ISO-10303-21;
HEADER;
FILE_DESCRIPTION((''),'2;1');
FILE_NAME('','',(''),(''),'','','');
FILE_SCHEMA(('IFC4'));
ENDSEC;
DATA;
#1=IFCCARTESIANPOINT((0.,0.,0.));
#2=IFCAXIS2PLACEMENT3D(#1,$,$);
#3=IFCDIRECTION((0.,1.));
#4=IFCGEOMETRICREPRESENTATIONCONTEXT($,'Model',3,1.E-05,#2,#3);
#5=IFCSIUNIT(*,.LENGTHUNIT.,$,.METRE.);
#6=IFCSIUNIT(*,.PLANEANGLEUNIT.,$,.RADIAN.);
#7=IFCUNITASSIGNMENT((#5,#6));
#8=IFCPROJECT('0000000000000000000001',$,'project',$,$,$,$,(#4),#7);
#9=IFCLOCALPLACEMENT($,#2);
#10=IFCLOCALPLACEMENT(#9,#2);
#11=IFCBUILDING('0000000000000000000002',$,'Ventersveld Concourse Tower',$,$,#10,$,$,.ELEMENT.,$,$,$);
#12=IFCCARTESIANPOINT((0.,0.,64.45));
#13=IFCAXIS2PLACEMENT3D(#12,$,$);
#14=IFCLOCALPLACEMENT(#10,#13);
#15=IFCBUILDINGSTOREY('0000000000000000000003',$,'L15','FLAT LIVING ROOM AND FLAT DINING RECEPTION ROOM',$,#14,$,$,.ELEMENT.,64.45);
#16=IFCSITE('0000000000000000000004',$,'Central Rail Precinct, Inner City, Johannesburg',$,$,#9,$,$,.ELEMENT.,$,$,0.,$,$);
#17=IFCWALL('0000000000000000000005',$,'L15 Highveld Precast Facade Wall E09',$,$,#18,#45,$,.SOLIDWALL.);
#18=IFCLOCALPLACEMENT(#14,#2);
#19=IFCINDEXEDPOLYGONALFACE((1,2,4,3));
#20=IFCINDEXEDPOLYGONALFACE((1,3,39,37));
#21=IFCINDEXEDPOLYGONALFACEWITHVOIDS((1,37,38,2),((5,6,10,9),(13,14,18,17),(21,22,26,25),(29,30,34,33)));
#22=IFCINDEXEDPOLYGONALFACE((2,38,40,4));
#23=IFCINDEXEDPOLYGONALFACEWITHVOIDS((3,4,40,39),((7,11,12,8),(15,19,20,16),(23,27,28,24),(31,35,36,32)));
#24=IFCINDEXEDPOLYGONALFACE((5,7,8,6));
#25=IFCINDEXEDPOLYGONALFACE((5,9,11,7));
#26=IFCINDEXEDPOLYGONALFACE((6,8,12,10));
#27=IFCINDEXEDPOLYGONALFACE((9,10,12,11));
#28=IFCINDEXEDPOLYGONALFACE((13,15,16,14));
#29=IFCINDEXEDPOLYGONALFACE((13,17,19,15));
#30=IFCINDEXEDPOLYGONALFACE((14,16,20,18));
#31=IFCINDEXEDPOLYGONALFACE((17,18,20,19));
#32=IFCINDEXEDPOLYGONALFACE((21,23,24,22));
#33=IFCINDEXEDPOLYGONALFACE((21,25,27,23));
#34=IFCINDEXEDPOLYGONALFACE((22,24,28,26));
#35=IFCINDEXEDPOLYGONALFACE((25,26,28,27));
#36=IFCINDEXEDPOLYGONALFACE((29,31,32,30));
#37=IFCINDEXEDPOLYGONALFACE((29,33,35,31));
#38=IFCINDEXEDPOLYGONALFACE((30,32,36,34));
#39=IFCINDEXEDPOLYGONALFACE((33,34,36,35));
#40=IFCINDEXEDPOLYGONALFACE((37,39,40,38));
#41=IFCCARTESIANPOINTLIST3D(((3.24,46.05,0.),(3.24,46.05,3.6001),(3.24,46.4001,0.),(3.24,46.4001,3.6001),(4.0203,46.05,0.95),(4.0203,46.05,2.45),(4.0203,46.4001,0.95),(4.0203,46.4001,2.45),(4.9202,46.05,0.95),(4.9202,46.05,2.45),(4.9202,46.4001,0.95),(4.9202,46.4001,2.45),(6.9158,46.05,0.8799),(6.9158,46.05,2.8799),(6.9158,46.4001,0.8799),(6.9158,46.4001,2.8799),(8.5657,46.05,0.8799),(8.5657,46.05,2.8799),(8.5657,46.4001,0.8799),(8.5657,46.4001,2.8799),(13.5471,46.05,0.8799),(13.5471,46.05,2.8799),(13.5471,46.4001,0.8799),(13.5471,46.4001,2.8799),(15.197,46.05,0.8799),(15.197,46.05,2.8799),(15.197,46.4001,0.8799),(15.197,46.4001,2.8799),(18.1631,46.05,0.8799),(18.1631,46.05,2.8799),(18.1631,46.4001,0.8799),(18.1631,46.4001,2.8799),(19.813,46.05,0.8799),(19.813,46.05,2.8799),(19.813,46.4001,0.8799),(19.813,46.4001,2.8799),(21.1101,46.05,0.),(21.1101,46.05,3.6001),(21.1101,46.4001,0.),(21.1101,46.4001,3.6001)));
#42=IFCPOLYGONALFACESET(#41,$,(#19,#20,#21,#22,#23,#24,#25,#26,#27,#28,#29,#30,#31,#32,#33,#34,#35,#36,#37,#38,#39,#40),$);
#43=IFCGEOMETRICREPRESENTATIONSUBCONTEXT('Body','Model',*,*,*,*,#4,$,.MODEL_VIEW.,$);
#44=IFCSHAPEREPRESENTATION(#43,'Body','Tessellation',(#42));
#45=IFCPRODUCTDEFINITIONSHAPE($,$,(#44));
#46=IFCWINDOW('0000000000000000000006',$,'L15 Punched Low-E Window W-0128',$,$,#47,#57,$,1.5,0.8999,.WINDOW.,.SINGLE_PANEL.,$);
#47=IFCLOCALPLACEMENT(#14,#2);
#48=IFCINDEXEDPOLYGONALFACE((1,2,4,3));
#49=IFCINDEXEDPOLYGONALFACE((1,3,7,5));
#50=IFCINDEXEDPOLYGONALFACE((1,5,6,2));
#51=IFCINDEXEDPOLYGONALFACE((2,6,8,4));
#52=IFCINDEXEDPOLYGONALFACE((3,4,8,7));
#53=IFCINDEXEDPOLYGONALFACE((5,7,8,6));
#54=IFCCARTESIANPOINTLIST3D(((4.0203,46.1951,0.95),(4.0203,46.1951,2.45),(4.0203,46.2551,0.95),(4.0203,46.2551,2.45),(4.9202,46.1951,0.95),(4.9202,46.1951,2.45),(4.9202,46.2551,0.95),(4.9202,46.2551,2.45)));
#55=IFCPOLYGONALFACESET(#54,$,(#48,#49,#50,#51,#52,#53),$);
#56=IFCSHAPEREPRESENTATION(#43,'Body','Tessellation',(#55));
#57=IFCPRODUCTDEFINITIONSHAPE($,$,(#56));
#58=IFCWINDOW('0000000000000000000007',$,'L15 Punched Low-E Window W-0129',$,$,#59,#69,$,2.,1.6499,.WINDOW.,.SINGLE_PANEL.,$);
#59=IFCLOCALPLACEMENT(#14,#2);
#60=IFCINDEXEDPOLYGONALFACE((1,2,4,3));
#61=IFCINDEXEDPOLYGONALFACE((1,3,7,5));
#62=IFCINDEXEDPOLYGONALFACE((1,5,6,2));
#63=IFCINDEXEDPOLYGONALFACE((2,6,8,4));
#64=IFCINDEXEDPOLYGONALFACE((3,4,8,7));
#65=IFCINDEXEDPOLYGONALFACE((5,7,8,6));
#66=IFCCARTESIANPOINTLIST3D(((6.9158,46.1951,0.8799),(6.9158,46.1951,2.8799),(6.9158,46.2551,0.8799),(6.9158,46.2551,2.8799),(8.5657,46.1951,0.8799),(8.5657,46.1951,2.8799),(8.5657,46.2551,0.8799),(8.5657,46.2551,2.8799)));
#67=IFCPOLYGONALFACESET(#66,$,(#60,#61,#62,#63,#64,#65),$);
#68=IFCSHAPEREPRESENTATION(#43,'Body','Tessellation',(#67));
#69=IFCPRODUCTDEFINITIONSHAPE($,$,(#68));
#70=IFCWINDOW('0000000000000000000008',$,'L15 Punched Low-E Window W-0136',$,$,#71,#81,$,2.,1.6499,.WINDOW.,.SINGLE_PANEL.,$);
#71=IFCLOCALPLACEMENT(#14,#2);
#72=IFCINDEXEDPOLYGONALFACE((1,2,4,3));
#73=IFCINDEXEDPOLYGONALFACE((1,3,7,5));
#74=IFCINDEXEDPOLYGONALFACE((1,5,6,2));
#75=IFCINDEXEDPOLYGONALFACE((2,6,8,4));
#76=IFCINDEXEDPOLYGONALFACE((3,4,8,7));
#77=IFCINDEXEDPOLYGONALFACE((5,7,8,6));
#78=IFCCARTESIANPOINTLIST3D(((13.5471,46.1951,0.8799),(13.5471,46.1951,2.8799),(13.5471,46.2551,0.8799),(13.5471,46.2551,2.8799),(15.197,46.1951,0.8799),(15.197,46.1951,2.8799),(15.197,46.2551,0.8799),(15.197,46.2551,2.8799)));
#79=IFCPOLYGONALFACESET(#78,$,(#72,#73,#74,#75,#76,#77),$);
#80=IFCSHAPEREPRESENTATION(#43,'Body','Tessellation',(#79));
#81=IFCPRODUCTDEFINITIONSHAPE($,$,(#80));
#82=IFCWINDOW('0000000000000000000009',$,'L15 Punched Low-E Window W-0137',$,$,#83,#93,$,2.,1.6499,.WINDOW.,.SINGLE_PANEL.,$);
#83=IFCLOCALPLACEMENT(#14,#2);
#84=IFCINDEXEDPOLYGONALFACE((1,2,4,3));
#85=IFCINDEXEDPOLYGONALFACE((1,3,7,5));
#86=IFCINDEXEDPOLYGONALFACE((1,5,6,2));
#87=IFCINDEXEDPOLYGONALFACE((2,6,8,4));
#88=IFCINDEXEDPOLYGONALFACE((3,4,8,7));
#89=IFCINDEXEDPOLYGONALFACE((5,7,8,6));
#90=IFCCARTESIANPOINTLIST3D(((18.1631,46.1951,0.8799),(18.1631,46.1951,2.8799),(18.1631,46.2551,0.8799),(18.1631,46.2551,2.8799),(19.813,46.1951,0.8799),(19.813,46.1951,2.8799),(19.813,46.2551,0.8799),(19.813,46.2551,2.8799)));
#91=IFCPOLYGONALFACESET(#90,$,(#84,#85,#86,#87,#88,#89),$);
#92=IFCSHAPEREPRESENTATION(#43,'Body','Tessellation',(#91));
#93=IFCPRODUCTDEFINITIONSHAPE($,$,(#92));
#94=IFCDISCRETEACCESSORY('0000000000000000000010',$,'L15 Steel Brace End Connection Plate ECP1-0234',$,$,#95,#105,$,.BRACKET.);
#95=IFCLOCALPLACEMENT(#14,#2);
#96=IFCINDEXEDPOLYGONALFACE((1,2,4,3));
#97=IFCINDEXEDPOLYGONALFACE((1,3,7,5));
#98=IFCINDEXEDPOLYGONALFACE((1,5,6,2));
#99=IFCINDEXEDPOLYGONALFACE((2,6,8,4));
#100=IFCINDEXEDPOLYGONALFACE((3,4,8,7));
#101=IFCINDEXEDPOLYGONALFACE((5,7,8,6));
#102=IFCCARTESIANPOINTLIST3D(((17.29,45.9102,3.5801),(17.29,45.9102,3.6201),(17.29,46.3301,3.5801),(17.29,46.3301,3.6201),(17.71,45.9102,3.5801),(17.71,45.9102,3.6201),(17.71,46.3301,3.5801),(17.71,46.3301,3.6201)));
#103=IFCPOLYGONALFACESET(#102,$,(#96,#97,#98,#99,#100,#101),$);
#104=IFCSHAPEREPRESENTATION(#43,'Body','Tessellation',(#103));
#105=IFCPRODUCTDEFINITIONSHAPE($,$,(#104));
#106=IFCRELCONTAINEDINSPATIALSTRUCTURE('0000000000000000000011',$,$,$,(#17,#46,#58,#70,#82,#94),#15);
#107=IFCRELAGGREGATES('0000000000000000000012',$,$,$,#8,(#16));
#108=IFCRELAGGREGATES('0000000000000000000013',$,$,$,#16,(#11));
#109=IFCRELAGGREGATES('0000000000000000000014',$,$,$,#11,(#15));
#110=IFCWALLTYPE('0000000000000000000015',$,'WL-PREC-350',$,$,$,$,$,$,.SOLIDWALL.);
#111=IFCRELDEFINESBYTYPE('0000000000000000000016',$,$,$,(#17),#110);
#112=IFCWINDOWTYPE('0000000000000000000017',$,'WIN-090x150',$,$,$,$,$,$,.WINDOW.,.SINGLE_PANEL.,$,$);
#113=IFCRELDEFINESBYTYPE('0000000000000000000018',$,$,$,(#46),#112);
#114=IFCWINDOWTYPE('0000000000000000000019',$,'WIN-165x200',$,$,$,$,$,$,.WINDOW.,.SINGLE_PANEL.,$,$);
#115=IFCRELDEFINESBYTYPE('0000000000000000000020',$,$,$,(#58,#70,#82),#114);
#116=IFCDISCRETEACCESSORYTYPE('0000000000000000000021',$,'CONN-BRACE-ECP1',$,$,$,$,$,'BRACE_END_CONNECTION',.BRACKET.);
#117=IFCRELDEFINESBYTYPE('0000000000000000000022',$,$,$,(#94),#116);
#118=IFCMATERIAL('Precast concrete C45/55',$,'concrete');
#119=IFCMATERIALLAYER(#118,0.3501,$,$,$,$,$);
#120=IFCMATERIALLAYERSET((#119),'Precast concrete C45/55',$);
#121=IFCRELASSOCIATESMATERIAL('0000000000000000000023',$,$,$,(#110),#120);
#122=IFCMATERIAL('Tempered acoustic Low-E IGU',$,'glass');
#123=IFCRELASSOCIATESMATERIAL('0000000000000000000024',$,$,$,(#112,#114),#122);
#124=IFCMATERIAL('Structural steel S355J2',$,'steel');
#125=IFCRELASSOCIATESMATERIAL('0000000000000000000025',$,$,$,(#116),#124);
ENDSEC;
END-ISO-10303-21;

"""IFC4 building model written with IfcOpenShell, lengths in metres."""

from ifc_helpers import new_model, si_unit, direction, frame, frame_2d, origin, origin_2d, place, context, subcontext, project, spatial, rectangle, extrude, material, layer, layer_set, type_object, element, fill, save


model = new_model("IFC4")

# Units and contexts
model_context = context("Model", 3, precision=1e-05, world=origin(), true_north=direction((0.0, 1.0)))
body_context = subcontext(model_context, "Body", "Model", "MODEL_VIEW")
ifc_project = project(units=[si_unit("LENGTHUNIT", "METRE"), si_unit("PLANEANGLEUNIT", "RADIAN")], contexts=[model_context])

# Site, building, storey
site_placement = place(None, origin())
site = spatial("IfcSite", under=ifc_project, at=site_placement, Name="Central Rail Precinct, Inner City, Johannesburg", CompositionType="ELEMENT", RefElevation=0.0)
building_placement = place(site_placement, origin())
building = spatial("IfcBuilding", under=site, at=building_placement, Name="Ventersveld Concourse Tower", CompositionType="ELEMENT")
storey_placement = place(building_placement, frame((0.0, 0.0, 64.45)))
storey = spatial("IfcBuildingStorey", under=building, at=storey_placement, Name="L15", Description="FLAT LIVING ROOM AND FLAT DINING RECEPTION ROOM", CompositionType="ELEMENT", Elevation=64.45)

# Shared definitions
ifc_material_1 = material(Name="Structural steel S355J2", Category="steel")

# Shared definitions
ifc_material_2 = material(Name="Precast concrete C45/55", Category="concrete")
ifc_layer_1 = layer(ifc_material_2, 0.3501)
ifc_layer_set_1 = layer_set([ifc_layer_1], Name="Precast concrete C45/55")
wall_type_1 = type_object("IfcWallType", Name="WL-PREC-350", PredefinedType="SOLIDWALL", material=ifc_layer_set_1)

# Wall, openings, windows
wall_1_placement = place(storey_placement, frame((21.1101, 46.2251, 0.0), z_axis=(0.0, 0.0, 1.0), x_axis=(-1.0, 0.0, 0.0)))
wall_1 = element("IfcWall", 1, at=wall_1_placement, inside=storey, type_object=wall_type_1, Name="L15 Highveld Precast Facade Wall E09", PredefinedType="SOLIDWALL", context=body_context, shape_type="SweptSolid", body=[
    extrude(rectangle(XDim=17.8701, YDim=0.3501, at=frame_2d((8.9351, 0.0))), origin(), (0.0, 0.0, 1.0), 3.6001),
])
opening_1_placement = place(wall_1_placement, frame((16.1899, 0.0, 0.95)))
opening_1 = element("IfcOpeningElement", 2, at=opening_1_placement, cuts=wall_1, PredefinedType="OPENING", context=body_context, shape_type="SweptSolid", body=[
    extrude(rectangle(XDim=0.8999, YDim=1.5, at=frame_2d((0.45, 0.75))), frame((0.0, 0.1851, 0.0), z_axis=(0.0, -1.0, 0.0), x_axis=(1.0, 0.0, 0.0)), (0.0, 0.0, 1.0), 0.3701),
])
opening_2_placement = place(wall_1_placement, frame((12.5444, 0.0, 0.8799)))
opening_2 = element("IfcOpeningElement", 3, at=opening_2_placement, cuts=wall_1, PredefinedType="OPENING", context=body_context, shape_type="SweptSolid", body=[
    extrude(rectangle(XDim=1.6499, YDim=2.0, at=frame_2d((0.825, 1.0))), frame((0.0, 0.1851, 0.0), z_axis=(0.0, -1.0, 0.0), x_axis=(1.0, 0.0, 0.0)), (0.0, 0.0, 1.0), 0.3701),
])
opening_3_placement = place(wall_1_placement, frame((5.9131, 0.0, 0.8799)))
opening_3 = element("IfcOpeningElement", 4, at=opening_3_placement, cuts=wall_1, PredefinedType="OPENING", context=body_context, shape_type="SweptSolid", body=[
    extrude(rectangle(XDim=1.6499, YDim=2.0, at=frame_2d((0.825, 1.0))), frame((0.0, 0.1851, 0.0), z_axis=(0.0, -1.0, 0.0), x_axis=(1.0, 0.0, 0.0)), (0.0, 0.0, 1.0), 0.3701),
])
opening_4_placement = place(wall_1_placement, frame((1.2971, 0.0, 0.8799)))
opening_4 = element("IfcOpeningElement", 5, at=opening_4_placement, cuts=wall_1, PredefinedType="OPENING", context=body_context, shape_type="SweptSolid", body=[
    extrude(rectangle(XDim=1.6499, YDim=2.0, at=frame_2d((0.825, 1.0))), frame((0.0, 0.1851, 0.0), z_axis=(0.0, -1.0, 0.0), x_axis=(1.0, 0.0, 0.0)), (0.0, 0.0, 1.0), 0.3701),
])
ifc_material_3 = material(Name="Tempered acoustic Low-E IGU", Category="glass")
window_type_1 = type_object("IfcWindowType", Name="WIN-090x150", PartitioningType="SINGLE_PANEL", PredefinedType="WINDOW", material=ifc_material_3)
window_1_placement = place(opening_1_placement, origin())
window_1 = element("IfcWindow", 6, at=window_1_placement, inside=storey, type_object=window_type_1, Name="L15 Punched Low-E Window W-0128", OverallHeight=1.5, OverallWidth=0.8999, PartitioningType="SINGLE_PANEL", PredefinedType="WINDOW", context=body_context, shape_type="SweptSolid", body=[
    extrude(rectangle(XDim=0.8999, YDim=1.5, at=frame_2d((0.45, 0.75))), frame((0.0, 0.03, 0.0), z_axis=(0.0, -1.0, 0.0), x_axis=(1.0, 0.0, 0.0)), (0.0, 0.0, 1.0), 0.0601),
])
fill(opening_1, window_1)
window_type_2 = type_object("IfcWindowType", Name="WIN-165x200", PartitioningType="SINGLE_PANEL", PredefinedType="WINDOW", material=ifc_material_3)
window_2_placement = place(opening_2_placement, origin())
window_2 = element("IfcWindow", 7, at=window_2_placement, inside=storey, type_object=window_type_2, Name="L15 Punched Low-E Window W-0129", OverallHeight=2.0, OverallWidth=1.6499, PartitioningType="SINGLE_PANEL", PredefinedType="WINDOW", context=body_context, shape_type="SweptSolid", body=[
    extrude(rectangle(XDim=1.6499, YDim=2.0, at=frame_2d((0.825, 1.0))), frame((0.0, 0.03, 0.0), z_axis=(0.0, -1.0, 0.0), x_axis=(1.0, 0.0, 0.0)), (0.0, 0.0, 1.0), 0.0601),
])
fill(opening_2, window_2)
window_3_placement = place(opening_3_placement, origin())
window_3 = element("IfcWindow", 8, at=window_3_placement, inside=storey, type_object=window_type_2, Name="L15 Punched Low-E Window W-0136", OverallHeight=2.0, OverallWidth=1.6499, PartitioningType="SINGLE_PANEL", PredefinedType="WINDOW", context=body_context, shape_type="SweptSolid", body=[
    extrude(rectangle(XDim=1.6499, YDim=2.0, at=frame_2d((0.825, 1.0))), frame((0.0, 0.03, 0.0), z_axis=(0.0, -1.0, 0.0), x_axis=(1.0, 0.0, 0.0)), (0.0, 0.0, 1.0), 0.0601),
])
fill(opening_3, window_3)
window_4_placement = place(opening_4_placement, origin())
window_4 = element("IfcWindow", 9, at=window_4_placement, inside=storey, type_object=window_type_2, Name="L15 Punched Low-E Window W-0137", OverallHeight=2.0, OverallWidth=1.6499, PartitioningType="SINGLE_PANEL", PredefinedType="WINDOW", context=body_context, shape_type="SweptSolid", body=[
    extrude(rectangle(XDim=1.6499, YDim=2.0, at=frame_2d((0.825, 1.0))), frame((0.0, 0.03, 0.0), z_axis=(0.0, -1.0, 0.0), x_axis=(1.0, 0.0, 0.0)), (0.0, 0.0, 1.0), 0.0601),
])
fill(opening_4, window_4)

# Discrete accessory
discrete_accessory_type = type_object("IfcDiscreteAccessoryType", Name="CONN-BRACE-ECP1", ElementType="BRACE_END_CONNECTION", PredefinedType="BRACKET", material=ifc_material_1)
discrete_accessory_placement = place(storey_placement, frame((17.5, 46.1201, 3.5801), z_axis=(0.0, 0.0, 1.0), x_axis=(1.0, 0.0, 0.0)))
element("IfcDiscreteAccessory", 10, at=discrete_accessory_placement, inside=storey, type_object=discrete_accessory_type, Name="L15 Steel Brace End Connection Plate ECP1-0234", PredefinedType="BRACKET", context=body_context, shape_type="SweptSolid", body=[
    extrude(rectangle(XDim=0.4199, YDim=0.4199, at=origin_2d()), origin(), (0.0, 0.0, 1.0), 0.04),
])

save(model, "model.ifc")
